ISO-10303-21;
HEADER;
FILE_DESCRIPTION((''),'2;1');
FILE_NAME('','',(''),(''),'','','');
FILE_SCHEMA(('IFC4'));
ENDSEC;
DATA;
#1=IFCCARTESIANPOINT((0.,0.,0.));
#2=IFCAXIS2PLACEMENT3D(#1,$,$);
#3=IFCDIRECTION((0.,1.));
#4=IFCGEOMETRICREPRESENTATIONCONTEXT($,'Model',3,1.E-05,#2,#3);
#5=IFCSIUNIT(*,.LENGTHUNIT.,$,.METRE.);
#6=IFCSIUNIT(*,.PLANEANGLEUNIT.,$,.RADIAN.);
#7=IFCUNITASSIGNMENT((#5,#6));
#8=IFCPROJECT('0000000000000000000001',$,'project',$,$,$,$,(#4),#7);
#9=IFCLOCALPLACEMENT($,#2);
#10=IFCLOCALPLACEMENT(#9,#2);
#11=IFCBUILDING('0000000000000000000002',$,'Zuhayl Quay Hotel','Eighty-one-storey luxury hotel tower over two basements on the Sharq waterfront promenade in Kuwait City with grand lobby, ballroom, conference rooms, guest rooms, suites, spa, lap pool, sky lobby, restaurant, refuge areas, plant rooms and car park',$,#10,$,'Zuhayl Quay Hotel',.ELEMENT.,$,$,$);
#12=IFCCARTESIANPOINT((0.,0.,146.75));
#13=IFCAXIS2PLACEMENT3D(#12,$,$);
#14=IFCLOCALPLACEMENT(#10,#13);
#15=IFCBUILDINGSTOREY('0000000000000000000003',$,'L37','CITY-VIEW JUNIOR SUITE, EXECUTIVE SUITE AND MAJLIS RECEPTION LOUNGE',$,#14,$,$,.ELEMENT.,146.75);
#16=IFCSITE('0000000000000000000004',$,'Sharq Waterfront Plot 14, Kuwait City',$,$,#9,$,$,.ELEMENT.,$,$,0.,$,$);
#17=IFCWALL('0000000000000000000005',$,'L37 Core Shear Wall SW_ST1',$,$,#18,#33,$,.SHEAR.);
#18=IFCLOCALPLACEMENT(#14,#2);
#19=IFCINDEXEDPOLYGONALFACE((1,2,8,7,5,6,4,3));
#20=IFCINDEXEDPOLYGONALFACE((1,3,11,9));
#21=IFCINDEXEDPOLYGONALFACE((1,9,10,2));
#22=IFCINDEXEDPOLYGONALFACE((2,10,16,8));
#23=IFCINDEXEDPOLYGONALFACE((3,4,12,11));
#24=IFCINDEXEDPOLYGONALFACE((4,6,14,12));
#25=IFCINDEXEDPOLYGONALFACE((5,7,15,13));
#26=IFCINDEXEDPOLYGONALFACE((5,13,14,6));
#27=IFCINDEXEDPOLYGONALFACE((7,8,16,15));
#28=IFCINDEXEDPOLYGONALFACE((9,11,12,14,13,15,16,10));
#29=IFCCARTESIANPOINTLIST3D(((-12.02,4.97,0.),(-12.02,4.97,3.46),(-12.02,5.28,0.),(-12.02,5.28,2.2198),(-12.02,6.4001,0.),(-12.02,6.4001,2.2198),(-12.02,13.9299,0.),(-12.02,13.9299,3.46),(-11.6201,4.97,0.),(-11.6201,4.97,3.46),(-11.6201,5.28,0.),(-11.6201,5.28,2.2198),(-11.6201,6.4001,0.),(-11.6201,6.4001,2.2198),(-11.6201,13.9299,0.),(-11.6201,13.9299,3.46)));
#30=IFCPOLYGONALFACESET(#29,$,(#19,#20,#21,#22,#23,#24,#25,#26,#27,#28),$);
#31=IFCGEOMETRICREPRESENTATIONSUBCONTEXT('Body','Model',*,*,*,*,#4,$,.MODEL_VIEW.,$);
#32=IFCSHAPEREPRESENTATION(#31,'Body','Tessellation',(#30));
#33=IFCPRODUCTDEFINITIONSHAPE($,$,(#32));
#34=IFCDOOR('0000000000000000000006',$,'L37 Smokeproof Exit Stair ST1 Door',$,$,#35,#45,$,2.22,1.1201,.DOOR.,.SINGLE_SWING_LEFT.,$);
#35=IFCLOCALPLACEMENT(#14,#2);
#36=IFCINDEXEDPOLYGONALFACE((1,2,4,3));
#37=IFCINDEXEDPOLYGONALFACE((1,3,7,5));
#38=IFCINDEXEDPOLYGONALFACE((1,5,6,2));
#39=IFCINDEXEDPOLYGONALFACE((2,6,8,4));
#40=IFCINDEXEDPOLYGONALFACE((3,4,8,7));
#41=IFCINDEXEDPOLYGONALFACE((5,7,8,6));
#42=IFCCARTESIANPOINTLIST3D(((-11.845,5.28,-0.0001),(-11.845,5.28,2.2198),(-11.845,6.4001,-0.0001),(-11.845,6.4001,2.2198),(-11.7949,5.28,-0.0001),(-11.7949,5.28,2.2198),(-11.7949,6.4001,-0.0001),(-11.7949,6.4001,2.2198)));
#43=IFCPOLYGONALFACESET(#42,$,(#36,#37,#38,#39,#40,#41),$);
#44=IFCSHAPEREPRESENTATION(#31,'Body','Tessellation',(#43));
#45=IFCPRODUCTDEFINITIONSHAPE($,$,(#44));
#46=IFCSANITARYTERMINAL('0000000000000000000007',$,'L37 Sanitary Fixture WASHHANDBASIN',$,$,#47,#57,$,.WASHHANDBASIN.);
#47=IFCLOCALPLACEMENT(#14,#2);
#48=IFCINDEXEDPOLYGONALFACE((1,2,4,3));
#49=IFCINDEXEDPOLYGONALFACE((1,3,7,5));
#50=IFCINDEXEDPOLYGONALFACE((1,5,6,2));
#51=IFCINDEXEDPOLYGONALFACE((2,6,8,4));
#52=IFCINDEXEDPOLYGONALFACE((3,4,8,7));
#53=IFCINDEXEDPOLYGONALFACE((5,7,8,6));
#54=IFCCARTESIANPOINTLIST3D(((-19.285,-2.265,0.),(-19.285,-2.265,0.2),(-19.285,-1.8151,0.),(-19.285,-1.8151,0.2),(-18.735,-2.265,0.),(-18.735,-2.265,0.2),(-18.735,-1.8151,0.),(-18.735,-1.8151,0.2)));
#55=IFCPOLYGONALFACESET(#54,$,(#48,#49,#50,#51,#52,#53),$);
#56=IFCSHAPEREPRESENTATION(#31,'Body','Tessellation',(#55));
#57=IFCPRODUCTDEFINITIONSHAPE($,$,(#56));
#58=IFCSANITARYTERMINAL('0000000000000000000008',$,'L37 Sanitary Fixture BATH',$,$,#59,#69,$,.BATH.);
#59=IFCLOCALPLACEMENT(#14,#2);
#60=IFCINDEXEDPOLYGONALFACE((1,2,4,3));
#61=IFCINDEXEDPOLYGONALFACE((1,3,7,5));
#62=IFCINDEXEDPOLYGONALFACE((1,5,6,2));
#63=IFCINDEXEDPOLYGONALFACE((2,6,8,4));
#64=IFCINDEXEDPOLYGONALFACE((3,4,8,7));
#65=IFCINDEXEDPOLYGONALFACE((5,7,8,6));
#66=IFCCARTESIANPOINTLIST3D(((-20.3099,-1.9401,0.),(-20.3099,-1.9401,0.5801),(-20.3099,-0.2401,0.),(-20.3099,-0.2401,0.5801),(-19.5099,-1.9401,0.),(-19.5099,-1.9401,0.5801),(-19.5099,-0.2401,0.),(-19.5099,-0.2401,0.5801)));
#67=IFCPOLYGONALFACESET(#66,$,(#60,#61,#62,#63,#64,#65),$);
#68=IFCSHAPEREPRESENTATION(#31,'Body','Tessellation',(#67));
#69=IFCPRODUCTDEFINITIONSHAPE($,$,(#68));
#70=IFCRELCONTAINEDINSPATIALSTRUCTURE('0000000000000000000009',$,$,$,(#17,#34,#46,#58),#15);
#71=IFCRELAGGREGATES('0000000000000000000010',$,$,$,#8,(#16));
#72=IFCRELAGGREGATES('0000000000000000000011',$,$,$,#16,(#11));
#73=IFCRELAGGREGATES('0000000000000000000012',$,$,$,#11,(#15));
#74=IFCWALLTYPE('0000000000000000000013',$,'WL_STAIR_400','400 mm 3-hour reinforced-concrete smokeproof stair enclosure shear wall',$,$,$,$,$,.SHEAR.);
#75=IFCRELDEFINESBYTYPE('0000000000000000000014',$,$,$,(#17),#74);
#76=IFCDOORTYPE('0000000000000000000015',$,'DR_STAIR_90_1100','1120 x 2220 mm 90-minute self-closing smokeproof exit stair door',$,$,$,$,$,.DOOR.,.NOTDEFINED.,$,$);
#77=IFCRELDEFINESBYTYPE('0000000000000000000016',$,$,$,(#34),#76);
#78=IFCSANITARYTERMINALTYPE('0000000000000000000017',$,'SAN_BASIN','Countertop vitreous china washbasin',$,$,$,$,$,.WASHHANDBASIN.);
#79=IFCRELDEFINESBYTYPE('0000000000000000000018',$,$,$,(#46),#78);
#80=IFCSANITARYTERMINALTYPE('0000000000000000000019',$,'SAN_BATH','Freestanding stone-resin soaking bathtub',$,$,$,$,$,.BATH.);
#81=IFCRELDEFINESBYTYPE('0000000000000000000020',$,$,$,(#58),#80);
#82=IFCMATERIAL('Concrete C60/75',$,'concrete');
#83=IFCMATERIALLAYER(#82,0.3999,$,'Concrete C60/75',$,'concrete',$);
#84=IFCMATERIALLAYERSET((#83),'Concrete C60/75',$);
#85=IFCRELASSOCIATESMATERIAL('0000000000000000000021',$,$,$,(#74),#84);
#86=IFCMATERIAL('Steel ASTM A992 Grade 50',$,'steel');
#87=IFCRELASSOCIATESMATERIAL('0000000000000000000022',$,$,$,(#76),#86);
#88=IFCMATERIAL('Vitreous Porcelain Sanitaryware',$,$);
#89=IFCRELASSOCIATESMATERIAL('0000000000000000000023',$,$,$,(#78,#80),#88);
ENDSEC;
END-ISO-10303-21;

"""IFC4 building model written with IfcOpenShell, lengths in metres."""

from ifc_helpers import new_model, si_unit, direction, frame, frame_2d, origin, origin_2d, place, context, subcontext, project, spatial, rectangle, extrude, material, layer, layer_set, type_object, element, fill, save


model = new_model("IFC4")

# Units and contexts
model_context = context("Model", 3, precision=1e-05, world=origin(), true_north=direction((0.0, 1.0)))
body_context = subcontext(model_context, "Body", "Model", "MODEL_VIEW")
ifc_project = project(units=[si_unit("LENGTHUNIT", "METRE"), si_unit("PLANEANGLEUNIT", "RADIAN")], contexts=[model_context])

# Site, building, storey
site_placement = place(None, origin())
site = spatial("IfcSite", under=ifc_project, at=site_placement, Name="Sharq Waterfront Plot 14, Kuwait City", CompositionType="ELEMENT", RefElevation=0.0)
building_placement = place(site_placement, origin())
building = spatial("IfcBuilding", under=site, at=building_placement, Name="Zuhayl Quay Hotel", Description="Eighty-one-storey luxury hotel tower over two basements on the Sharq waterfront promenade in Kuwait City with grand lobby, ballroom, conference rooms, guest rooms, suites, spa, lap pool, sky lobby, restaurant, refuge areas, plant rooms and car park", LongName="Zuhayl Quay Hotel", CompositionType="ELEMENT")
storey_placement = place(building_placement, frame((0.0, 0.0, 146.75)))
storey = spatial("IfcBuildingStorey", under=building, at=storey_placement, Name="L37", Description="CITY-VIEW JUNIOR SUITE, EXECUTIVE SUITE AND MAJLIS RECEPTION LOUNGE", CompositionType="ELEMENT", Elevation=146.75)

# Shared definitions
ifc_material_1 = material(Name="Steel ASTM A992 Grade 50", Category="steel")
ifc_material_2 = material(Name="Concrete C60/75", Category="concrete")

# Wall, opening, door
ifc_layer_1 = layer(ifc_material_2, 0.3999, Name="Concrete C60/75", Category="concrete")
ifc_layer_set_1 = layer_set([ifc_layer_1], Name="Concrete C60/75")
wall_type_1 = type_object("IfcWallType", Name="WL_STAIR_400", Description="400 mm 3-hour reinforced-concrete smokeproof stair enclosure shear wall", PredefinedType="SHEAR", material=ifc_layer_set_1)
wall_1_placement = place(storey_placement, frame((-11.8201, 4.97, 0.0), z_axis=(0.0, 0.0, 1.0), x_axis=(0.0, 1.0, 0.0)))
wall_1 = element("IfcWall", 1, at=wall_1_placement, inside=storey, type_object=wall_type_1, Name="L37 Core Shear Wall SW_ST1", PredefinedType="SHEAR", context=body_context, shape_type="SweptSolid", body=[
    extrude(rectangle(XDim=8.96, YDim=0.3999, at=frame_2d((4.48, 0.0))), origin(), (0.0, 0.0, 1.0), 3.46),
])
opening_1_placement = place(wall_1_placement, frame((0.3101, 0.0, 0.0)))
opening_1 = element("IfcOpeningElement", 2, at=opening_1_placement, cuts=wall_1, PredefinedType="OPENING", context=body_context, shape_type="SweptSolid", body=[
    extrude(rectangle(XDim=1.1201, YDim=2.22, at=frame_2d((0.5601, 1.1099))), frame((0.0, 0.21, 0.0), z_axis=(0.0, -1.0, 0.0), x_axis=(1.0, 0.0, 0.0)), (0.0, 0.0, 1.0), 0.4199),
])
door_type_1 = type_object("IfcDoorType", Name="DR_STAIR_90_1100", Description="1120 x 2220 mm 90-minute self-closing smokeproof exit stair door", OperationType="NOTDEFINED", PredefinedType="DOOR", material=ifc_material_1)
door_1_placement = place(opening_1_placement, origin())
door_1 = element("IfcDoor", 3, at=door_1_placement, inside=storey, type_object=door_type_1, Name="L37 Smokeproof Exit Stair ST1 Door", OperationType="SINGLE_SWING_LEFT", OverallHeight=2.22, OverallWidth=1.1201, PredefinedType="DOOR", context=body_context, shape_type="SweptSolid", body=[
    extrude(rectangle(XDim=1.1201, YDim=2.22, at=frame_2d((0.5601, 1.1099))), frame((0.0, 0.0249, 0.0), z_axis=(0.0, -1.0, 0.0), x_axis=(1.0, 0.0, 0.0)), (0.0, 0.0, 1.0), 0.05),
])
fill(opening_1, door_1)

# Sanitary terminals
ifc_material_3 = material(Name="Vitreous Porcelain Sanitaryware")
sanitary_terminal_type_1 = type_object("IfcSanitaryTerminalType", Name="SAN_BASIN", Description="Countertop vitreous china washbasin", PredefinedType="WASHHANDBASIN", material=ifc_material_3)
sanitary_terminal_1_placement = place(storey_placement, frame((-19.01, -2.04, 0.0), z_axis=(0.0, 0.0, 1.0), x_axis=(1.0, 0.0, 0.0)))
element("IfcSanitaryTerminal", 4, at=sanitary_terminal_1_placement, inside=storey, type_object=sanitary_terminal_type_1, Name="L37 Sanitary Fixture WASHHANDBASIN", PredefinedType="WASHHANDBASIN", context=body_context, shape_type="SweptSolid", body=[
    extrude(rectangle(XDim=0.55, YDim=0.45, at=origin_2d()), origin(), (0.0, 0.0, 1.0), 0.2),
])
sanitary_terminal_type_2 = type_object("IfcSanitaryTerminalType", Name="SAN_BATH", Description="Freestanding stone-resin soaking bathtub", PredefinedType="BATH", material=ifc_material_3)
sanitary_terminal_2_placement = place(storey_placement, frame((-19.9099, -1.0901, 0.0), z_axis=(0.0, 0.0, 1.0), x_axis=(1.0, 0.0, 0.0)))
element("IfcSanitaryTerminal", 5, at=sanitary_terminal_2_placement, inside=storey, type_object=sanitary_terminal_type_2, Name="L37 Sanitary Fixture BATH", PredefinedType="BATH", context=body_context, shape_type="SweptSolid", body=[
    extrude(rectangle(XDim=0.8, YDim=1.7, at=origin_2d()), origin(), (0.0, 0.0, 1.0), 0.5801),
])

save(model, "model.ifc")
